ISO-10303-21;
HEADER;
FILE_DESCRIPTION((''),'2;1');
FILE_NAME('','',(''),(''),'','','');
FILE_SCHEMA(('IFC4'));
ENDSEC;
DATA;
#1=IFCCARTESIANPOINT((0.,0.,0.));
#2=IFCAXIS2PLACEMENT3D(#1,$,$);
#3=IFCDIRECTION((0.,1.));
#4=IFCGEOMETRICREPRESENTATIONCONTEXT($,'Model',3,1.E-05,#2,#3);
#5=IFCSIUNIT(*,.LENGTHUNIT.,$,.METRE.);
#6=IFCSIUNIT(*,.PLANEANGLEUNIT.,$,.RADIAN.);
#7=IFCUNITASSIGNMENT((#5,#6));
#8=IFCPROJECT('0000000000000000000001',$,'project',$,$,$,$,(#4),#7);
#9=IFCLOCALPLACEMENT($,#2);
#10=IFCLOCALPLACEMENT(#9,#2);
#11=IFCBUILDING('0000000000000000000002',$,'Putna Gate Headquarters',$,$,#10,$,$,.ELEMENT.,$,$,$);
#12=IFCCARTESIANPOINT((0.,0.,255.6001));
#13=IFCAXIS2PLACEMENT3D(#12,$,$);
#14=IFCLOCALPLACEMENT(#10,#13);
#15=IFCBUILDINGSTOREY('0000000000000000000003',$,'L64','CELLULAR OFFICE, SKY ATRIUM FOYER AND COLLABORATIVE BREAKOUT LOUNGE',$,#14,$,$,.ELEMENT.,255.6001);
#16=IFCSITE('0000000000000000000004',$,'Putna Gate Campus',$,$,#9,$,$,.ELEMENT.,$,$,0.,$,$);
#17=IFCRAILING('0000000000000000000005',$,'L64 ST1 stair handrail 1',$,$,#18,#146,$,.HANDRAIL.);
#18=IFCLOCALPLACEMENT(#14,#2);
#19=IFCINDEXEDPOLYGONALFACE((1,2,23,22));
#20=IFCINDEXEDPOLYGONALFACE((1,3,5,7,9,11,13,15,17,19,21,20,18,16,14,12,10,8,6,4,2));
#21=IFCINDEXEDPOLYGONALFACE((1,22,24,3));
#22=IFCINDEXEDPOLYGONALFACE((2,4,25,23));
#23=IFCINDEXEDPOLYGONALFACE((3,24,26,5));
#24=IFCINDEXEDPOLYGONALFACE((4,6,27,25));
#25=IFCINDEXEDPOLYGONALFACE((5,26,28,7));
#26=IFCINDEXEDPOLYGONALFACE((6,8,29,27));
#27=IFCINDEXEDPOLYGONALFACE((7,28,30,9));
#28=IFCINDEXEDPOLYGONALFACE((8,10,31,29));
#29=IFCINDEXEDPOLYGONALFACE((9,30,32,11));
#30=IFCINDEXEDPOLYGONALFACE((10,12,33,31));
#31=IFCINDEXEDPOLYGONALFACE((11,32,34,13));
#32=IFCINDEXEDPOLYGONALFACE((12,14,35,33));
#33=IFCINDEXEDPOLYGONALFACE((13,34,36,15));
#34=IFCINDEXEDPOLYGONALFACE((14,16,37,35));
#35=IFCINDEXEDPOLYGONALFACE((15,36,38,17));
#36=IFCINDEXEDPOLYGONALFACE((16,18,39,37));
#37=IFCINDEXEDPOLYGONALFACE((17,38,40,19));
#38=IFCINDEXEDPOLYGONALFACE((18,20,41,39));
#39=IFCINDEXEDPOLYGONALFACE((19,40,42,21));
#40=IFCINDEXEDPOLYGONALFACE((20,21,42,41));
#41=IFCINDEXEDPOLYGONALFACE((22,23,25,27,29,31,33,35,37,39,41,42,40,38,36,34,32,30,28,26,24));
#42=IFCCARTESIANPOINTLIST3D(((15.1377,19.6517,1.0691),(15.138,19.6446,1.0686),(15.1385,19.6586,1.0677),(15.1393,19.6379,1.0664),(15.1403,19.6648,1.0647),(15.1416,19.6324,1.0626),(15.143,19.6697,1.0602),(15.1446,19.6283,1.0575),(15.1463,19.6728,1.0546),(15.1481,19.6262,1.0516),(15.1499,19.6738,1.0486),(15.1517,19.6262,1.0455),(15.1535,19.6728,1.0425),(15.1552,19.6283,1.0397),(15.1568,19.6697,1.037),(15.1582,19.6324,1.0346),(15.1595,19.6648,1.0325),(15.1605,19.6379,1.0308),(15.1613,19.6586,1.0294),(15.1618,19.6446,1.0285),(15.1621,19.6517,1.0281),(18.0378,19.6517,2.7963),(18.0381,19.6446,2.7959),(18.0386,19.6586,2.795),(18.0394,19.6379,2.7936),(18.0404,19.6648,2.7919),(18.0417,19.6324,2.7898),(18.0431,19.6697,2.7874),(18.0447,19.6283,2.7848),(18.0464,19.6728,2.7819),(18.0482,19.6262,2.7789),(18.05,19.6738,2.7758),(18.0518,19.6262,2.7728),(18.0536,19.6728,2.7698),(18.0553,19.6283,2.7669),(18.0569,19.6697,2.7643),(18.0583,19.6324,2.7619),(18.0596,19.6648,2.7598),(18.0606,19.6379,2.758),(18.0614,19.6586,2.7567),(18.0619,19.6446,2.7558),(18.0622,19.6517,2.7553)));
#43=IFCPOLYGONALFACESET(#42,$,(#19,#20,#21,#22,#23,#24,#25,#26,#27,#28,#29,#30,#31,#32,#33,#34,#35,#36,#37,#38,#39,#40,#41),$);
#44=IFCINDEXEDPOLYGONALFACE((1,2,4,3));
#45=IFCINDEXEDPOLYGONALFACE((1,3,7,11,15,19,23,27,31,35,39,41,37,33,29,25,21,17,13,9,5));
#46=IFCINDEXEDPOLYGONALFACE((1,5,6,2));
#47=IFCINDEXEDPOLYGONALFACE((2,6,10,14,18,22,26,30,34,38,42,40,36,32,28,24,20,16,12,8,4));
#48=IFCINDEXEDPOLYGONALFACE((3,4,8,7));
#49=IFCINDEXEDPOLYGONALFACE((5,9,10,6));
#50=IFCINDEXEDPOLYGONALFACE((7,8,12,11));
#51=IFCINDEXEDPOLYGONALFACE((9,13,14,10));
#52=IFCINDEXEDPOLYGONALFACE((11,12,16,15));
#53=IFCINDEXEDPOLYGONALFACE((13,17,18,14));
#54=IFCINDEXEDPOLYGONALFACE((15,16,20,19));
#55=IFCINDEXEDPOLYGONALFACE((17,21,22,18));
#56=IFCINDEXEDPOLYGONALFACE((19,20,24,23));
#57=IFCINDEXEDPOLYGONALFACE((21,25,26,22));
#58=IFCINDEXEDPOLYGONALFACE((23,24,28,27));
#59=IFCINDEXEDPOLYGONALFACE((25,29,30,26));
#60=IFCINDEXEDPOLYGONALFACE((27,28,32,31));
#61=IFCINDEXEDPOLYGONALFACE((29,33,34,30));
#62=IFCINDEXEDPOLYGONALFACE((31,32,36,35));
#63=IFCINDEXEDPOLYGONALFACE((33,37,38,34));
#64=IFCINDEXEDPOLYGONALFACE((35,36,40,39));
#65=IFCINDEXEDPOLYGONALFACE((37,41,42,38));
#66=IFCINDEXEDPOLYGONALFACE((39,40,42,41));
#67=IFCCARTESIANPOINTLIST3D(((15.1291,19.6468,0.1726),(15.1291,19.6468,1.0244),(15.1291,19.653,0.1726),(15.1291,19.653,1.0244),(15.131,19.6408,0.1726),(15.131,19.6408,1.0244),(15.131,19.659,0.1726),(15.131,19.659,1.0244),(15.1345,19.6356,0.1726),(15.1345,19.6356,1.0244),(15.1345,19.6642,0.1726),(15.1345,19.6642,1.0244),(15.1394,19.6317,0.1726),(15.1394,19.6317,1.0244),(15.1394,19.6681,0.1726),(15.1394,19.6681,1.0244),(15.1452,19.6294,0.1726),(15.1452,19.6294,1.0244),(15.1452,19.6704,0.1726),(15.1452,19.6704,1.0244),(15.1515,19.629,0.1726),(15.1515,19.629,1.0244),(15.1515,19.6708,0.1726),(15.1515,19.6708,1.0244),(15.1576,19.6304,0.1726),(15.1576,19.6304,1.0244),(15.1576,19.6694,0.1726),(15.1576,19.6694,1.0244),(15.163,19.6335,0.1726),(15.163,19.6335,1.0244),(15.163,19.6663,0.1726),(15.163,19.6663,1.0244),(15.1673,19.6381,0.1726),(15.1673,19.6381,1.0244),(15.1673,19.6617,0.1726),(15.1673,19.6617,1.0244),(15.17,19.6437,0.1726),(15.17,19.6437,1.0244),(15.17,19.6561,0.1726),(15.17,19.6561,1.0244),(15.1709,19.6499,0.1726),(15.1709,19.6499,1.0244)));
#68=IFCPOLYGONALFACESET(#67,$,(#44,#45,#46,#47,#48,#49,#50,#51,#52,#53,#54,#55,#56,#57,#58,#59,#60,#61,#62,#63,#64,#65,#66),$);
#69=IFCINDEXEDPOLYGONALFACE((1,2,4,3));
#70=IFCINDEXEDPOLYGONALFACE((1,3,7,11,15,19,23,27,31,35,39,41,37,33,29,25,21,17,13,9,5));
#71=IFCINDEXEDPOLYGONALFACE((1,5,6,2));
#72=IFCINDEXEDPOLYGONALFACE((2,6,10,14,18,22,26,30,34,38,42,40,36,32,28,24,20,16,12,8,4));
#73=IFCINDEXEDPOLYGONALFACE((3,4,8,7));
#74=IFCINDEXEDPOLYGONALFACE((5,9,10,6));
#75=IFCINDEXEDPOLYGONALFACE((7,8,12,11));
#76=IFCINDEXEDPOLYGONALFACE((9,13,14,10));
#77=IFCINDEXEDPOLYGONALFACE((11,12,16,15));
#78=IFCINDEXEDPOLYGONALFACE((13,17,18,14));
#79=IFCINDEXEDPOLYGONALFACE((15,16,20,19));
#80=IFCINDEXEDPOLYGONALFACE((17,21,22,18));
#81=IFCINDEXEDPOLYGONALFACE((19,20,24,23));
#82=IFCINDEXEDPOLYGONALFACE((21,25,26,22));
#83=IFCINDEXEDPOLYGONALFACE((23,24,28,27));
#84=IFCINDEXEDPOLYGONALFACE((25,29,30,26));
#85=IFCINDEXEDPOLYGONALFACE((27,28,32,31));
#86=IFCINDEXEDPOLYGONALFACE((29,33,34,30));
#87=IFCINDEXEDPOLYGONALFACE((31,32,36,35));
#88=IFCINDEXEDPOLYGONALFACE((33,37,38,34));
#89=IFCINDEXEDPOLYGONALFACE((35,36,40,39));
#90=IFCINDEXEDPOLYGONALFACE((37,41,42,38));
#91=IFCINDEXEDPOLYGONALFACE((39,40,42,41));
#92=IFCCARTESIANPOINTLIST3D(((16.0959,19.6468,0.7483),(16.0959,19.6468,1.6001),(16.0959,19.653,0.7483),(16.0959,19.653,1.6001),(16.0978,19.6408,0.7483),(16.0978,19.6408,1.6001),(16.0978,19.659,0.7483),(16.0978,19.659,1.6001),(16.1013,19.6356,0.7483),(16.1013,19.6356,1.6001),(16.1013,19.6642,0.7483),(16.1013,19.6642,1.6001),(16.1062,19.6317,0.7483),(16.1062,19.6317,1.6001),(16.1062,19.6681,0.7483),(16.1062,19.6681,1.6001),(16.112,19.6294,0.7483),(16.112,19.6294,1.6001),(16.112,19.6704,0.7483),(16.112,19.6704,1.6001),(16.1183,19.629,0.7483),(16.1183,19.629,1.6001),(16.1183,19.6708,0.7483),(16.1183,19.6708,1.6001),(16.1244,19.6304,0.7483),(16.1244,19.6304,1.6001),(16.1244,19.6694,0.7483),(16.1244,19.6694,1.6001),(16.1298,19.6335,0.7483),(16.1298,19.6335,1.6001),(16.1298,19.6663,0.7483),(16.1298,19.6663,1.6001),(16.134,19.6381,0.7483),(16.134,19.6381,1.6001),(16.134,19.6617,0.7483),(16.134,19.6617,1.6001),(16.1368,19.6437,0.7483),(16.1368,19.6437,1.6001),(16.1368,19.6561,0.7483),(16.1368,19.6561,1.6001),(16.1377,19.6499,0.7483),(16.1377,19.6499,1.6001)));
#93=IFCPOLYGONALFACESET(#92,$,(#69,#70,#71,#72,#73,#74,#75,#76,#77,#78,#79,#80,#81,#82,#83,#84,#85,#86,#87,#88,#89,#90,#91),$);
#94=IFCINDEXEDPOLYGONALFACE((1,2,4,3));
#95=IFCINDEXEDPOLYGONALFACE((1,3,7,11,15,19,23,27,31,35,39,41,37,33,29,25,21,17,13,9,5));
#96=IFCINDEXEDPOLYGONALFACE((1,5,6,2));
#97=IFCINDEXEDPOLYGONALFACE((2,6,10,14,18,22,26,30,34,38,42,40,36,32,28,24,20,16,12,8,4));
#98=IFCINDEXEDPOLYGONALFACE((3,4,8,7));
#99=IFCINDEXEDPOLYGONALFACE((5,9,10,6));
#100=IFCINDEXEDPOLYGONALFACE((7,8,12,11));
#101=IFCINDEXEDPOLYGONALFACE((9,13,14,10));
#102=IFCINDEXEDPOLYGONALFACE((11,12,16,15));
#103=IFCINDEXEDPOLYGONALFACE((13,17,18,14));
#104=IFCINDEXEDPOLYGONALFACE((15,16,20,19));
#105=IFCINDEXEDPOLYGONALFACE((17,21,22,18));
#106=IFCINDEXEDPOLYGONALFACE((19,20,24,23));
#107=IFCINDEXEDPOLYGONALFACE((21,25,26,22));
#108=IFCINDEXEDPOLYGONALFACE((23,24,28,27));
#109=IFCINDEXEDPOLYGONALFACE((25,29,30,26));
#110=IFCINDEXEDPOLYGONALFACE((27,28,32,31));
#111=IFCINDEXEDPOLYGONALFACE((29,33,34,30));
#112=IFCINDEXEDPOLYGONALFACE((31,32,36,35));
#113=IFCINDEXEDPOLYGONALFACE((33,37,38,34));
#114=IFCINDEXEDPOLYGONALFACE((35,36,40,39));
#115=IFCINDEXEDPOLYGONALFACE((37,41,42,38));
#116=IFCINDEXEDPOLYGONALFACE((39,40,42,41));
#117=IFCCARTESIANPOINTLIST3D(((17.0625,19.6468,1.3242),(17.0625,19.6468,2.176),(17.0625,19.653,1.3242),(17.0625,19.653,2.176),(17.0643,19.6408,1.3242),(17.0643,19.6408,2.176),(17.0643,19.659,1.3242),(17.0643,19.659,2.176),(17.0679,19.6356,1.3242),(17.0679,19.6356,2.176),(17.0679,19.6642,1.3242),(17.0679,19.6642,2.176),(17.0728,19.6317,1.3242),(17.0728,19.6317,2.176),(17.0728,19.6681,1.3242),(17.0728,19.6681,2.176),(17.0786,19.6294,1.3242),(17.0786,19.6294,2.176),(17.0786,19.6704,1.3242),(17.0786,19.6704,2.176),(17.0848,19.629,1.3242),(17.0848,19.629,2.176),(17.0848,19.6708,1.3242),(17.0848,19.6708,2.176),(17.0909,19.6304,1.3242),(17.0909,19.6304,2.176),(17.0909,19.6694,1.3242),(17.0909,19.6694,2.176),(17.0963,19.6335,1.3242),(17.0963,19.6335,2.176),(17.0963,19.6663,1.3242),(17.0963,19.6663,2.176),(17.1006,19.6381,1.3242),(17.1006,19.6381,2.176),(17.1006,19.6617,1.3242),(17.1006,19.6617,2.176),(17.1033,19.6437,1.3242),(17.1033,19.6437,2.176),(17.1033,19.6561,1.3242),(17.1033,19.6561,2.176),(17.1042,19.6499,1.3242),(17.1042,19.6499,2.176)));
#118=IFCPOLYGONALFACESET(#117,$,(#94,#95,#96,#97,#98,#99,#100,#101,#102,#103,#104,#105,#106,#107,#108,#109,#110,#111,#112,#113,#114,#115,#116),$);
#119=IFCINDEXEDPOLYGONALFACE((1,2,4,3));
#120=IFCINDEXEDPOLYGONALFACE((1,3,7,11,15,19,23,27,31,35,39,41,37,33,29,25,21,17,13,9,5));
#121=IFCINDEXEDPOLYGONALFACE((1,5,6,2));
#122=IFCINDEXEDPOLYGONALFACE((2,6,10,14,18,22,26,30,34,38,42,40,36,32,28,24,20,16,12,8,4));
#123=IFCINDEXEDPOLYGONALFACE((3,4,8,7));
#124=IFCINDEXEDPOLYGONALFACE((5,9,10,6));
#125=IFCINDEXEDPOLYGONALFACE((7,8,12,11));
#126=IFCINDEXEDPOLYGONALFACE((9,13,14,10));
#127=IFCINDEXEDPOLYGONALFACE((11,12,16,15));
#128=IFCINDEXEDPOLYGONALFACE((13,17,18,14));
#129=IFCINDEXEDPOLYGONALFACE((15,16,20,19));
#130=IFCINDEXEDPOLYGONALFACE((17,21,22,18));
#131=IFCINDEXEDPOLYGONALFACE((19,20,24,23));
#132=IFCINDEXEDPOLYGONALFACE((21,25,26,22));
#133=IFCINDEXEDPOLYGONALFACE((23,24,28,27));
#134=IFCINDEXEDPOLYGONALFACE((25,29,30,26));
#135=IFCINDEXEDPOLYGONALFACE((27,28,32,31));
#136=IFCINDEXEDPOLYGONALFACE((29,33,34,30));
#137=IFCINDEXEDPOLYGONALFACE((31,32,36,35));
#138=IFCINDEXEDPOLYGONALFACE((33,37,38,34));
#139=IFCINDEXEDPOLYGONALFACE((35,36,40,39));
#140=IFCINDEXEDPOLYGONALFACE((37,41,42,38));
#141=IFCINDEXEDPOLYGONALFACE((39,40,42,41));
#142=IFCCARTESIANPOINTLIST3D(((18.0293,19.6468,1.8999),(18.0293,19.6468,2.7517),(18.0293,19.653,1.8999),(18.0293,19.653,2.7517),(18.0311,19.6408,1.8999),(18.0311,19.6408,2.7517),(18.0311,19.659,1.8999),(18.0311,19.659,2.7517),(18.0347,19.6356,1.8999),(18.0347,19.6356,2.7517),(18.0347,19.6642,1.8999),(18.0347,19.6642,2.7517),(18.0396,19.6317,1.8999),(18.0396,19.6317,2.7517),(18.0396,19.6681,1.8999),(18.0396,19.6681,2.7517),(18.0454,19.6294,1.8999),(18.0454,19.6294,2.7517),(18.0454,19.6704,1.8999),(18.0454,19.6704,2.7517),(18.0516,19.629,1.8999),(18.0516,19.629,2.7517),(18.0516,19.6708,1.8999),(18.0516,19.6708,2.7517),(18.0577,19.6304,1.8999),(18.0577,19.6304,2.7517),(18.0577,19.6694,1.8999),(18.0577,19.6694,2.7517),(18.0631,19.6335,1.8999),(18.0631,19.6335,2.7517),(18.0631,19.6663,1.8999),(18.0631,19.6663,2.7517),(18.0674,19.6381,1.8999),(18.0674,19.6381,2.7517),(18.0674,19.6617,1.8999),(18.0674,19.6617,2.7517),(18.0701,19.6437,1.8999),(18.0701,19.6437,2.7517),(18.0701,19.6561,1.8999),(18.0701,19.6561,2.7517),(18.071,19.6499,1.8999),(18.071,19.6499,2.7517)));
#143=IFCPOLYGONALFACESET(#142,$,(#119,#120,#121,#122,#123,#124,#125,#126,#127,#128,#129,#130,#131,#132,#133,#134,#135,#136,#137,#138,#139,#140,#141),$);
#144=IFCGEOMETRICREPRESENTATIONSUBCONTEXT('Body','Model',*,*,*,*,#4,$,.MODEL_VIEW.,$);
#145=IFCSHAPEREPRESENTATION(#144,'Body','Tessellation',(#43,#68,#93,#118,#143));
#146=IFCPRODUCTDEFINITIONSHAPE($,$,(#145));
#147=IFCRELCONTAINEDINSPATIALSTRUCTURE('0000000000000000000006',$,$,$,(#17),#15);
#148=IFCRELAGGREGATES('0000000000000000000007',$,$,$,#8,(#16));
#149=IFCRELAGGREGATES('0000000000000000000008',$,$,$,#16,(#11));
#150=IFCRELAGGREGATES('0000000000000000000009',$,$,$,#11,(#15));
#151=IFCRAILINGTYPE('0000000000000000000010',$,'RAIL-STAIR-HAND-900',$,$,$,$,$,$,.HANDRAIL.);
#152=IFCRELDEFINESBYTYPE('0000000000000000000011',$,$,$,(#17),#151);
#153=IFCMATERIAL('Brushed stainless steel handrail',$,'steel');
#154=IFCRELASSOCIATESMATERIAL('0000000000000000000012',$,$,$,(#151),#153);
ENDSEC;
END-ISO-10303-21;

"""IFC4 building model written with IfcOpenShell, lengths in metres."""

from ifc_helpers import new_model, si_unit, direction, frame, origin, origin_2d, place, context, subcontext, project, spatial, circle, extrude, material, type_object, element, save


model = new_model("IFC4")

# Units and contexts
model_context = context("Model", 3, precision=1e-05, world=origin(), true_north=direction((0.0, 1.0)))
body_context = subcontext(model_context, "Body", "Model", "MODEL_VIEW")
ifc_project = project(units=[si_unit("LENGTHUNIT", "METRE"), si_unit("PLANEANGLEUNIT", "RADIAN")], contexts=[model_context])

# Site, building, storey
site_placement = place(None, origin())
site = spatial("IfcSite", under=ifc_project, at=site_placement, Name="Putna Gate Campus", CompositionType="ELEMENT", RefElevation=0.0)
building_placement = place(site_placement, origin())
building = spatial("IfcBuilding", under=site, at=building_placement, Name="Putna Gate Headquarters", CompositionType="ELEMENT")
storey_placement = place(building_placement, frame((0.0, 0.0, 255.6001)))
storey = spatial("IfcBuildingStorey", under=building, at=storey_placement, Name="L64", Description="CELLULAR OFFICE, SKY ATRIUM FOYER AND COLLABORATIVE BREAKOUT LOUNGE", CompositionType="ELEMENT", Elevation=255.6001)

# Railing
ifc_material_1 = material(Name="Brushed stainless steel handrail", Category="steel")
railing_type_1 = type_object("IfcRailingType", Name="RAIL-STAIR-HAND-900", PredefinedType="HANDRAIL", material=ifc_material_1)
railing_1_placement = place(storey_placement, frame((15.1499, 19.6499, 0.1726)))
element("IfcRailing", 1, at=railing_1_placement, inside=storey, type_object=railing_type_1, Name="L64 ST1 stair handrail 1", PredefinedType="HANDRAIL", context=body_context, shape_type="SweptSolid", body=[
    extrude(circle(Radius=0.0239, at=origin_2d()), frame((0.0, 0.0, 0.876), z_axis=(0.85916, 0.0, 0.511706), x_axis=(0.0, 1.0, 0.0)), (0.0, 0.0, 1.0), 3.3755),
    extrude(circle(Radius=0.021, at=origin_2d()), origin(), (0.0, 0.0, 1.0), 0.8518),
    extrude(circle(Radius=0.021, at=origin_2d()), frame((0.9668, 0.0, 0.5757)), (0.0, 0.0, 1.0), 0.8518),
    extrude(circle(Radius=0.021, at=origin_2d()), frame((1.9333, 0.0, 1.1516)), (0.0, 0.0, 1.0), 0.8518),
    extrude(circle(Radius=0.021, at=origin_2d()), frame((2.9001, 0.0, 1.7273)), (0.0, 0.0, 1.0), 0.8518),
])

save(model, "model.ifc")
